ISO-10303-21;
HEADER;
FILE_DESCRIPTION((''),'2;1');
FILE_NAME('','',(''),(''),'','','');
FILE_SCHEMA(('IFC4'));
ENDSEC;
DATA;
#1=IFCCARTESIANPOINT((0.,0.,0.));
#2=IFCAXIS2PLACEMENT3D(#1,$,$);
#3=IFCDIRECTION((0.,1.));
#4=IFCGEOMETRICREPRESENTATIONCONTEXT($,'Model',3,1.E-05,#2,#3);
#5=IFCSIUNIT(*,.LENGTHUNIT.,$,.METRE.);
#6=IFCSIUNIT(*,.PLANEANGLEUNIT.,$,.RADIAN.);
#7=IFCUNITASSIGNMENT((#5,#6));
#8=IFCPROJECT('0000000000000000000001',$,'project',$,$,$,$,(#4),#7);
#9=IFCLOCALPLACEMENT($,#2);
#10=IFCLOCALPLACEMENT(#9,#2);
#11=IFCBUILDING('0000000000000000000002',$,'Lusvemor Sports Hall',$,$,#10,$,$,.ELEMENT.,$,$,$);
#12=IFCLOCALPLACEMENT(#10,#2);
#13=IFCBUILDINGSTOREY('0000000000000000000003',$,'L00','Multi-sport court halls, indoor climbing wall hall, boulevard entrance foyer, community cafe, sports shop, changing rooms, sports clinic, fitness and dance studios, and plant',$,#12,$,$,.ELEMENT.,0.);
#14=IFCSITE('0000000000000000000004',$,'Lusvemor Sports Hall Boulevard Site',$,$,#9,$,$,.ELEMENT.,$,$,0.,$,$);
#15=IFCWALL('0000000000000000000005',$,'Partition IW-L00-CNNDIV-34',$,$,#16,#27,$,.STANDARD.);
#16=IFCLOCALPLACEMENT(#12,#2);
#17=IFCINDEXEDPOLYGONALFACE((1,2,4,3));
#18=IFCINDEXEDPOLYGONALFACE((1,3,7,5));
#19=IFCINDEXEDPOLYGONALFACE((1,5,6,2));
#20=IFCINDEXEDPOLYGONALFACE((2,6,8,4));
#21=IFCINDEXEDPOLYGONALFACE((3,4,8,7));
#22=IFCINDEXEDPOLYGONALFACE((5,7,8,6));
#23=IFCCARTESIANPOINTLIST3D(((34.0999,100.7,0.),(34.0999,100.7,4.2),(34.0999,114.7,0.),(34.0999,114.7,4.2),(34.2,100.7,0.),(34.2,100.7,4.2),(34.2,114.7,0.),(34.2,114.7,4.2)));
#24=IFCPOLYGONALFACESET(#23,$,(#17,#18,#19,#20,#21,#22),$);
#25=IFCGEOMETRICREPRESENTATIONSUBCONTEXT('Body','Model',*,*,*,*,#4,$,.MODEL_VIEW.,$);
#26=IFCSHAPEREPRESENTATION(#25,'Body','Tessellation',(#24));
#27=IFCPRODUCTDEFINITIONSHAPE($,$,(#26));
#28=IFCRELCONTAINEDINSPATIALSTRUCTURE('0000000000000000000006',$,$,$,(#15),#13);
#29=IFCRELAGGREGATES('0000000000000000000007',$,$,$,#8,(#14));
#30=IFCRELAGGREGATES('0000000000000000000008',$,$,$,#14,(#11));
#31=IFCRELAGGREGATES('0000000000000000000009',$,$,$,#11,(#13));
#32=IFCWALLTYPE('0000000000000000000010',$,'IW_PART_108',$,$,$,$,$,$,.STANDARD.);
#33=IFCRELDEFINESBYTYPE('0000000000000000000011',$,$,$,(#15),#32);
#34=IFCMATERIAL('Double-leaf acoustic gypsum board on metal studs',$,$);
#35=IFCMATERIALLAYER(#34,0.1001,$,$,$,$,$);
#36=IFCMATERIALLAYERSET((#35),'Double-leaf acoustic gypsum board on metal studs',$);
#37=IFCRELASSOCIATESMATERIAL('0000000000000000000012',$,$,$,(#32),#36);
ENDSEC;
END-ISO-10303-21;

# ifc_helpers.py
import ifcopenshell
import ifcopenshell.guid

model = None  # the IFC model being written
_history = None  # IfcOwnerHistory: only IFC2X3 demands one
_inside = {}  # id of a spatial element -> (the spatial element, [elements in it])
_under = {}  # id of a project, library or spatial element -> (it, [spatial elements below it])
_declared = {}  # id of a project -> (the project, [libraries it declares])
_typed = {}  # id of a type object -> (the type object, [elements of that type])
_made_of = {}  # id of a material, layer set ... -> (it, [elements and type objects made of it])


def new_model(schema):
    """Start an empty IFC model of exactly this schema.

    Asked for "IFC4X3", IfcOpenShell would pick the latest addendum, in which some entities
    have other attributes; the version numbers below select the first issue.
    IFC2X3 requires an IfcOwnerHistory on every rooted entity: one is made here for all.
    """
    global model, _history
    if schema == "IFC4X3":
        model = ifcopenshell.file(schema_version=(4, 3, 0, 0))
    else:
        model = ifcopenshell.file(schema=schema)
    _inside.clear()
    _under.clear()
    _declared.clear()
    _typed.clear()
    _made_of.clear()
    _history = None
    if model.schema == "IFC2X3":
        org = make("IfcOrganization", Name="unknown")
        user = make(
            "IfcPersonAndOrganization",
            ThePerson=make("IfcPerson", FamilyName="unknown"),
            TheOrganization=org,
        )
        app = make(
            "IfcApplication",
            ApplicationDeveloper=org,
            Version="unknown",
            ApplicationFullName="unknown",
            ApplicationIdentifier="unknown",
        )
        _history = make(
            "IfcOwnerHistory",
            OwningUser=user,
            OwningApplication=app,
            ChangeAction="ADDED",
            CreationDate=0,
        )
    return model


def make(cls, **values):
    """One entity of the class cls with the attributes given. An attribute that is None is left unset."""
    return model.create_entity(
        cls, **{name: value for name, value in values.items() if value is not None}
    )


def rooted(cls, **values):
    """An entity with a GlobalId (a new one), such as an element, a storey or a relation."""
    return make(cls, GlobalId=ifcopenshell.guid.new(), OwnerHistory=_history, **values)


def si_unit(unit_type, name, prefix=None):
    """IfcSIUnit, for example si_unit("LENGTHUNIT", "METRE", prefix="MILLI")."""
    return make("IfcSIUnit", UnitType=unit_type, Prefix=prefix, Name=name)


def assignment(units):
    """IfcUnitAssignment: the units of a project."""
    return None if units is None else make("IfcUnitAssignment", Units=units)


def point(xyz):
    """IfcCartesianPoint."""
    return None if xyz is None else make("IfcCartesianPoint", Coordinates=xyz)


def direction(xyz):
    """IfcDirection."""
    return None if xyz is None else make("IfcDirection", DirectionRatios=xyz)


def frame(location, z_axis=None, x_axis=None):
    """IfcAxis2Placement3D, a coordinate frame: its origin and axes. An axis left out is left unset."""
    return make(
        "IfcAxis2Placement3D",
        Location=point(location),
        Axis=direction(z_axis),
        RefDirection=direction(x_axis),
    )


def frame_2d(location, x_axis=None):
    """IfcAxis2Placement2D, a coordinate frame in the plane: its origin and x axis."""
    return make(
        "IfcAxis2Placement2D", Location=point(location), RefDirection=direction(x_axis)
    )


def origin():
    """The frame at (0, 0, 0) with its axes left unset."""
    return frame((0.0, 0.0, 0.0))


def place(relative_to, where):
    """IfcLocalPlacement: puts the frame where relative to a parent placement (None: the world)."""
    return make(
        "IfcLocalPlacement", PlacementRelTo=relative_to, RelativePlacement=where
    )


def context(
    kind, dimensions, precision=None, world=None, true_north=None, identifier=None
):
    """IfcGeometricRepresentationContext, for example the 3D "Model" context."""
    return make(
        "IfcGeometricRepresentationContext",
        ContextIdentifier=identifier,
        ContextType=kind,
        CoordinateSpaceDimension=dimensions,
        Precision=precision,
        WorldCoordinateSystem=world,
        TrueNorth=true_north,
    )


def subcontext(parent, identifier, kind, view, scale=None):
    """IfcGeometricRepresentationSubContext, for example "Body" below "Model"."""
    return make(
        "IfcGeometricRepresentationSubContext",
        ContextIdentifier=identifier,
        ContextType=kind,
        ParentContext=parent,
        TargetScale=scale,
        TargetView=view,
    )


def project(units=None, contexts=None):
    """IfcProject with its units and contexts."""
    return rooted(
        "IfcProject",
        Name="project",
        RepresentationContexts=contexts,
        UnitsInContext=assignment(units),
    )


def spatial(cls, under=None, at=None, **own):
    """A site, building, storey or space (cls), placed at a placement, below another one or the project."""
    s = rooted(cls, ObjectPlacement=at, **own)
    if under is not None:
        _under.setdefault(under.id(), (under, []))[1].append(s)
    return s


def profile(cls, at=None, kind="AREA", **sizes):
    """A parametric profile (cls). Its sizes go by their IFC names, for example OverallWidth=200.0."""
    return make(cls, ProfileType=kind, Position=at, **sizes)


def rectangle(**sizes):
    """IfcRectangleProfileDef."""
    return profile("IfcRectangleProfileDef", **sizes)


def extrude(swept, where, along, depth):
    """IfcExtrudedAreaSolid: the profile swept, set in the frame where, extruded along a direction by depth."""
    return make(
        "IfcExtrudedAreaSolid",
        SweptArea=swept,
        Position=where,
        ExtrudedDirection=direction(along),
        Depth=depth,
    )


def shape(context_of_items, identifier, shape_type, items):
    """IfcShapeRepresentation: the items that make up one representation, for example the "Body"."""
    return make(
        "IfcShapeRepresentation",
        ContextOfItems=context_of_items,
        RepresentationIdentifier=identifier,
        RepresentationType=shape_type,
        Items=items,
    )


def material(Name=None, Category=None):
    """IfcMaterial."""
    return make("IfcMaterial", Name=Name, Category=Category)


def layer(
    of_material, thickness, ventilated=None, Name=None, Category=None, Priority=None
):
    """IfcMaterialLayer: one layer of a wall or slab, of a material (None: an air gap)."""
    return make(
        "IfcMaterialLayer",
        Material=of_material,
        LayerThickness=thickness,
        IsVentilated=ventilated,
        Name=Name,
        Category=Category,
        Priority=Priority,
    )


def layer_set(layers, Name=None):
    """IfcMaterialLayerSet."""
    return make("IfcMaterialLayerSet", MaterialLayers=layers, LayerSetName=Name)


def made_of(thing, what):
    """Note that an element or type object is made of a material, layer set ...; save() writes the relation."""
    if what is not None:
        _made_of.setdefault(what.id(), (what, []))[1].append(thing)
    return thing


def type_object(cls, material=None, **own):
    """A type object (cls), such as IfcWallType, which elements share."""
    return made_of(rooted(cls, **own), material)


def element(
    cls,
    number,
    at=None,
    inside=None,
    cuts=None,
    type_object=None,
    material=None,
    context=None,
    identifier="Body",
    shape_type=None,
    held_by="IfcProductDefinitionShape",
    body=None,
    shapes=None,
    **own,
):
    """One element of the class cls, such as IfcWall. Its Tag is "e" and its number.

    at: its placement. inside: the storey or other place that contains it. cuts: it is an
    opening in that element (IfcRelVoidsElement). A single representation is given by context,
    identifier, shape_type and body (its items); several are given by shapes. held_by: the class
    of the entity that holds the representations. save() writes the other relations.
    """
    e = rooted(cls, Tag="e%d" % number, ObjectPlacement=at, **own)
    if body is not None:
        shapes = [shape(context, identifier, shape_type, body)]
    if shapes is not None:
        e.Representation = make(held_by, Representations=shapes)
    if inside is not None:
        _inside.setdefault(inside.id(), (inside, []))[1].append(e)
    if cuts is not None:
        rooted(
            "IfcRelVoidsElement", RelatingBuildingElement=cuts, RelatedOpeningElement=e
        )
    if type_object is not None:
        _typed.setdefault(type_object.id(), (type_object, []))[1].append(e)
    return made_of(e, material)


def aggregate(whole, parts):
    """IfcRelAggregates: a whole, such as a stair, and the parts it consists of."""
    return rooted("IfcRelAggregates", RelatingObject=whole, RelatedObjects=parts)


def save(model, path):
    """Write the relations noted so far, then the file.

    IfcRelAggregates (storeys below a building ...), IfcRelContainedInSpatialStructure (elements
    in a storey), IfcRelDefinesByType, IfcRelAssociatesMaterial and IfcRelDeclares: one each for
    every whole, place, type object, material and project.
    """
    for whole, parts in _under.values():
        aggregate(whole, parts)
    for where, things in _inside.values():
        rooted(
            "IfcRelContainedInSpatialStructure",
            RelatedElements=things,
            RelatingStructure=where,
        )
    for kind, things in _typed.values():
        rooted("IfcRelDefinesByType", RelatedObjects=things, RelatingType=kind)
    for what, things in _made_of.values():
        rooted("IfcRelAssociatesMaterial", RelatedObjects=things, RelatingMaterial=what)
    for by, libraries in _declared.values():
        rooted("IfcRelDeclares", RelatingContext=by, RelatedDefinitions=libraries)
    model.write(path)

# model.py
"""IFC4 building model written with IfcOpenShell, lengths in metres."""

from ifc_helpers import new_model, si_unit, direction, frame, frame_2d, origin, place, context, subcontext, project, spatial, rectangle, extrude, material, layer, layer_set, type_object, element, save


model = new_model("IFC4")

# Units and contexts
model_context = context("Model", 3, precision=1e-05, world=origin(), true_north=direction((0.0, 1.0)))
body_context = subcontext(model_context, "Body", "Model", "MODEL_VIEW")
ifc_project = project(units=[si_unit("LENGTHUNIT", "METRE"), si_unit("PLANEANGLEUNIT", "RADIAN")], contexts=[model_context])

# Site, building, storey
site_placement = place(None, origin())
site = spatial("IfcSite", under=ifc_project, at=site_placement, Name="Lusvemor Sports Hall Boulevard Site", CompositionType="ELEMENT", RefElevation=0.0)
building_placement = place(site_placement, origin())
building = spatial("IfcBuilding", under=site, at=building_placement, Name="Lusvemor Sports Hall", CompositionType="ELEMENT")
storey_placement = place(building_placement, origin())
storey = spatial("IfcBuildingStorey", under=building, at=storey_placement, Name="L00", Description="Multi-sport court halls, indoor climbing wall hall, boulevard entrance foyer, community cafe, sports shop, changing rooms, sports clinic, fitness and dance studios, and plant", CompositionType="ELEMENT", Elevation=0.0)

# Wall
ifc_material_1 = material(Name="Double-leaf acoustic gypsum board on metal studs")
ifc_layer_1 = layer(ifc_material_1, 0.1001)
ifc_layer_set_1 = layer_set([ifc_layer_1], Name="Double-leaf acoustic gypsum board on metal studs")
wall_type_1 = type_object("IfcWallType", Name="IW_PART_108", PredefinedType="STANDARD", material=ifc_layer_set_1)
wall_1_placement = place(storey_placement, frame((34.1499, 100.7, 0.0), z_axis=(0.0, 0.0, 1.0), x_axis=(0.0, 1.0, 0.0)))
element("IfcWall", 1, at=wall_1_placement, inside=storey, type_object=wall_type_1, Name="Partition IW-L00-CNNDIV-34", PredefinedType="STANDARD", context=body_context, shape_type="SweptSolid", body=[
    extrude(rectangle(XDim=14.0, YDim=0.1001, at=frame_2d((7.0, 0.0))), origin(), (0.0, 0.0, 1.0), 4.2),
])

save(model, "model.ifc")
